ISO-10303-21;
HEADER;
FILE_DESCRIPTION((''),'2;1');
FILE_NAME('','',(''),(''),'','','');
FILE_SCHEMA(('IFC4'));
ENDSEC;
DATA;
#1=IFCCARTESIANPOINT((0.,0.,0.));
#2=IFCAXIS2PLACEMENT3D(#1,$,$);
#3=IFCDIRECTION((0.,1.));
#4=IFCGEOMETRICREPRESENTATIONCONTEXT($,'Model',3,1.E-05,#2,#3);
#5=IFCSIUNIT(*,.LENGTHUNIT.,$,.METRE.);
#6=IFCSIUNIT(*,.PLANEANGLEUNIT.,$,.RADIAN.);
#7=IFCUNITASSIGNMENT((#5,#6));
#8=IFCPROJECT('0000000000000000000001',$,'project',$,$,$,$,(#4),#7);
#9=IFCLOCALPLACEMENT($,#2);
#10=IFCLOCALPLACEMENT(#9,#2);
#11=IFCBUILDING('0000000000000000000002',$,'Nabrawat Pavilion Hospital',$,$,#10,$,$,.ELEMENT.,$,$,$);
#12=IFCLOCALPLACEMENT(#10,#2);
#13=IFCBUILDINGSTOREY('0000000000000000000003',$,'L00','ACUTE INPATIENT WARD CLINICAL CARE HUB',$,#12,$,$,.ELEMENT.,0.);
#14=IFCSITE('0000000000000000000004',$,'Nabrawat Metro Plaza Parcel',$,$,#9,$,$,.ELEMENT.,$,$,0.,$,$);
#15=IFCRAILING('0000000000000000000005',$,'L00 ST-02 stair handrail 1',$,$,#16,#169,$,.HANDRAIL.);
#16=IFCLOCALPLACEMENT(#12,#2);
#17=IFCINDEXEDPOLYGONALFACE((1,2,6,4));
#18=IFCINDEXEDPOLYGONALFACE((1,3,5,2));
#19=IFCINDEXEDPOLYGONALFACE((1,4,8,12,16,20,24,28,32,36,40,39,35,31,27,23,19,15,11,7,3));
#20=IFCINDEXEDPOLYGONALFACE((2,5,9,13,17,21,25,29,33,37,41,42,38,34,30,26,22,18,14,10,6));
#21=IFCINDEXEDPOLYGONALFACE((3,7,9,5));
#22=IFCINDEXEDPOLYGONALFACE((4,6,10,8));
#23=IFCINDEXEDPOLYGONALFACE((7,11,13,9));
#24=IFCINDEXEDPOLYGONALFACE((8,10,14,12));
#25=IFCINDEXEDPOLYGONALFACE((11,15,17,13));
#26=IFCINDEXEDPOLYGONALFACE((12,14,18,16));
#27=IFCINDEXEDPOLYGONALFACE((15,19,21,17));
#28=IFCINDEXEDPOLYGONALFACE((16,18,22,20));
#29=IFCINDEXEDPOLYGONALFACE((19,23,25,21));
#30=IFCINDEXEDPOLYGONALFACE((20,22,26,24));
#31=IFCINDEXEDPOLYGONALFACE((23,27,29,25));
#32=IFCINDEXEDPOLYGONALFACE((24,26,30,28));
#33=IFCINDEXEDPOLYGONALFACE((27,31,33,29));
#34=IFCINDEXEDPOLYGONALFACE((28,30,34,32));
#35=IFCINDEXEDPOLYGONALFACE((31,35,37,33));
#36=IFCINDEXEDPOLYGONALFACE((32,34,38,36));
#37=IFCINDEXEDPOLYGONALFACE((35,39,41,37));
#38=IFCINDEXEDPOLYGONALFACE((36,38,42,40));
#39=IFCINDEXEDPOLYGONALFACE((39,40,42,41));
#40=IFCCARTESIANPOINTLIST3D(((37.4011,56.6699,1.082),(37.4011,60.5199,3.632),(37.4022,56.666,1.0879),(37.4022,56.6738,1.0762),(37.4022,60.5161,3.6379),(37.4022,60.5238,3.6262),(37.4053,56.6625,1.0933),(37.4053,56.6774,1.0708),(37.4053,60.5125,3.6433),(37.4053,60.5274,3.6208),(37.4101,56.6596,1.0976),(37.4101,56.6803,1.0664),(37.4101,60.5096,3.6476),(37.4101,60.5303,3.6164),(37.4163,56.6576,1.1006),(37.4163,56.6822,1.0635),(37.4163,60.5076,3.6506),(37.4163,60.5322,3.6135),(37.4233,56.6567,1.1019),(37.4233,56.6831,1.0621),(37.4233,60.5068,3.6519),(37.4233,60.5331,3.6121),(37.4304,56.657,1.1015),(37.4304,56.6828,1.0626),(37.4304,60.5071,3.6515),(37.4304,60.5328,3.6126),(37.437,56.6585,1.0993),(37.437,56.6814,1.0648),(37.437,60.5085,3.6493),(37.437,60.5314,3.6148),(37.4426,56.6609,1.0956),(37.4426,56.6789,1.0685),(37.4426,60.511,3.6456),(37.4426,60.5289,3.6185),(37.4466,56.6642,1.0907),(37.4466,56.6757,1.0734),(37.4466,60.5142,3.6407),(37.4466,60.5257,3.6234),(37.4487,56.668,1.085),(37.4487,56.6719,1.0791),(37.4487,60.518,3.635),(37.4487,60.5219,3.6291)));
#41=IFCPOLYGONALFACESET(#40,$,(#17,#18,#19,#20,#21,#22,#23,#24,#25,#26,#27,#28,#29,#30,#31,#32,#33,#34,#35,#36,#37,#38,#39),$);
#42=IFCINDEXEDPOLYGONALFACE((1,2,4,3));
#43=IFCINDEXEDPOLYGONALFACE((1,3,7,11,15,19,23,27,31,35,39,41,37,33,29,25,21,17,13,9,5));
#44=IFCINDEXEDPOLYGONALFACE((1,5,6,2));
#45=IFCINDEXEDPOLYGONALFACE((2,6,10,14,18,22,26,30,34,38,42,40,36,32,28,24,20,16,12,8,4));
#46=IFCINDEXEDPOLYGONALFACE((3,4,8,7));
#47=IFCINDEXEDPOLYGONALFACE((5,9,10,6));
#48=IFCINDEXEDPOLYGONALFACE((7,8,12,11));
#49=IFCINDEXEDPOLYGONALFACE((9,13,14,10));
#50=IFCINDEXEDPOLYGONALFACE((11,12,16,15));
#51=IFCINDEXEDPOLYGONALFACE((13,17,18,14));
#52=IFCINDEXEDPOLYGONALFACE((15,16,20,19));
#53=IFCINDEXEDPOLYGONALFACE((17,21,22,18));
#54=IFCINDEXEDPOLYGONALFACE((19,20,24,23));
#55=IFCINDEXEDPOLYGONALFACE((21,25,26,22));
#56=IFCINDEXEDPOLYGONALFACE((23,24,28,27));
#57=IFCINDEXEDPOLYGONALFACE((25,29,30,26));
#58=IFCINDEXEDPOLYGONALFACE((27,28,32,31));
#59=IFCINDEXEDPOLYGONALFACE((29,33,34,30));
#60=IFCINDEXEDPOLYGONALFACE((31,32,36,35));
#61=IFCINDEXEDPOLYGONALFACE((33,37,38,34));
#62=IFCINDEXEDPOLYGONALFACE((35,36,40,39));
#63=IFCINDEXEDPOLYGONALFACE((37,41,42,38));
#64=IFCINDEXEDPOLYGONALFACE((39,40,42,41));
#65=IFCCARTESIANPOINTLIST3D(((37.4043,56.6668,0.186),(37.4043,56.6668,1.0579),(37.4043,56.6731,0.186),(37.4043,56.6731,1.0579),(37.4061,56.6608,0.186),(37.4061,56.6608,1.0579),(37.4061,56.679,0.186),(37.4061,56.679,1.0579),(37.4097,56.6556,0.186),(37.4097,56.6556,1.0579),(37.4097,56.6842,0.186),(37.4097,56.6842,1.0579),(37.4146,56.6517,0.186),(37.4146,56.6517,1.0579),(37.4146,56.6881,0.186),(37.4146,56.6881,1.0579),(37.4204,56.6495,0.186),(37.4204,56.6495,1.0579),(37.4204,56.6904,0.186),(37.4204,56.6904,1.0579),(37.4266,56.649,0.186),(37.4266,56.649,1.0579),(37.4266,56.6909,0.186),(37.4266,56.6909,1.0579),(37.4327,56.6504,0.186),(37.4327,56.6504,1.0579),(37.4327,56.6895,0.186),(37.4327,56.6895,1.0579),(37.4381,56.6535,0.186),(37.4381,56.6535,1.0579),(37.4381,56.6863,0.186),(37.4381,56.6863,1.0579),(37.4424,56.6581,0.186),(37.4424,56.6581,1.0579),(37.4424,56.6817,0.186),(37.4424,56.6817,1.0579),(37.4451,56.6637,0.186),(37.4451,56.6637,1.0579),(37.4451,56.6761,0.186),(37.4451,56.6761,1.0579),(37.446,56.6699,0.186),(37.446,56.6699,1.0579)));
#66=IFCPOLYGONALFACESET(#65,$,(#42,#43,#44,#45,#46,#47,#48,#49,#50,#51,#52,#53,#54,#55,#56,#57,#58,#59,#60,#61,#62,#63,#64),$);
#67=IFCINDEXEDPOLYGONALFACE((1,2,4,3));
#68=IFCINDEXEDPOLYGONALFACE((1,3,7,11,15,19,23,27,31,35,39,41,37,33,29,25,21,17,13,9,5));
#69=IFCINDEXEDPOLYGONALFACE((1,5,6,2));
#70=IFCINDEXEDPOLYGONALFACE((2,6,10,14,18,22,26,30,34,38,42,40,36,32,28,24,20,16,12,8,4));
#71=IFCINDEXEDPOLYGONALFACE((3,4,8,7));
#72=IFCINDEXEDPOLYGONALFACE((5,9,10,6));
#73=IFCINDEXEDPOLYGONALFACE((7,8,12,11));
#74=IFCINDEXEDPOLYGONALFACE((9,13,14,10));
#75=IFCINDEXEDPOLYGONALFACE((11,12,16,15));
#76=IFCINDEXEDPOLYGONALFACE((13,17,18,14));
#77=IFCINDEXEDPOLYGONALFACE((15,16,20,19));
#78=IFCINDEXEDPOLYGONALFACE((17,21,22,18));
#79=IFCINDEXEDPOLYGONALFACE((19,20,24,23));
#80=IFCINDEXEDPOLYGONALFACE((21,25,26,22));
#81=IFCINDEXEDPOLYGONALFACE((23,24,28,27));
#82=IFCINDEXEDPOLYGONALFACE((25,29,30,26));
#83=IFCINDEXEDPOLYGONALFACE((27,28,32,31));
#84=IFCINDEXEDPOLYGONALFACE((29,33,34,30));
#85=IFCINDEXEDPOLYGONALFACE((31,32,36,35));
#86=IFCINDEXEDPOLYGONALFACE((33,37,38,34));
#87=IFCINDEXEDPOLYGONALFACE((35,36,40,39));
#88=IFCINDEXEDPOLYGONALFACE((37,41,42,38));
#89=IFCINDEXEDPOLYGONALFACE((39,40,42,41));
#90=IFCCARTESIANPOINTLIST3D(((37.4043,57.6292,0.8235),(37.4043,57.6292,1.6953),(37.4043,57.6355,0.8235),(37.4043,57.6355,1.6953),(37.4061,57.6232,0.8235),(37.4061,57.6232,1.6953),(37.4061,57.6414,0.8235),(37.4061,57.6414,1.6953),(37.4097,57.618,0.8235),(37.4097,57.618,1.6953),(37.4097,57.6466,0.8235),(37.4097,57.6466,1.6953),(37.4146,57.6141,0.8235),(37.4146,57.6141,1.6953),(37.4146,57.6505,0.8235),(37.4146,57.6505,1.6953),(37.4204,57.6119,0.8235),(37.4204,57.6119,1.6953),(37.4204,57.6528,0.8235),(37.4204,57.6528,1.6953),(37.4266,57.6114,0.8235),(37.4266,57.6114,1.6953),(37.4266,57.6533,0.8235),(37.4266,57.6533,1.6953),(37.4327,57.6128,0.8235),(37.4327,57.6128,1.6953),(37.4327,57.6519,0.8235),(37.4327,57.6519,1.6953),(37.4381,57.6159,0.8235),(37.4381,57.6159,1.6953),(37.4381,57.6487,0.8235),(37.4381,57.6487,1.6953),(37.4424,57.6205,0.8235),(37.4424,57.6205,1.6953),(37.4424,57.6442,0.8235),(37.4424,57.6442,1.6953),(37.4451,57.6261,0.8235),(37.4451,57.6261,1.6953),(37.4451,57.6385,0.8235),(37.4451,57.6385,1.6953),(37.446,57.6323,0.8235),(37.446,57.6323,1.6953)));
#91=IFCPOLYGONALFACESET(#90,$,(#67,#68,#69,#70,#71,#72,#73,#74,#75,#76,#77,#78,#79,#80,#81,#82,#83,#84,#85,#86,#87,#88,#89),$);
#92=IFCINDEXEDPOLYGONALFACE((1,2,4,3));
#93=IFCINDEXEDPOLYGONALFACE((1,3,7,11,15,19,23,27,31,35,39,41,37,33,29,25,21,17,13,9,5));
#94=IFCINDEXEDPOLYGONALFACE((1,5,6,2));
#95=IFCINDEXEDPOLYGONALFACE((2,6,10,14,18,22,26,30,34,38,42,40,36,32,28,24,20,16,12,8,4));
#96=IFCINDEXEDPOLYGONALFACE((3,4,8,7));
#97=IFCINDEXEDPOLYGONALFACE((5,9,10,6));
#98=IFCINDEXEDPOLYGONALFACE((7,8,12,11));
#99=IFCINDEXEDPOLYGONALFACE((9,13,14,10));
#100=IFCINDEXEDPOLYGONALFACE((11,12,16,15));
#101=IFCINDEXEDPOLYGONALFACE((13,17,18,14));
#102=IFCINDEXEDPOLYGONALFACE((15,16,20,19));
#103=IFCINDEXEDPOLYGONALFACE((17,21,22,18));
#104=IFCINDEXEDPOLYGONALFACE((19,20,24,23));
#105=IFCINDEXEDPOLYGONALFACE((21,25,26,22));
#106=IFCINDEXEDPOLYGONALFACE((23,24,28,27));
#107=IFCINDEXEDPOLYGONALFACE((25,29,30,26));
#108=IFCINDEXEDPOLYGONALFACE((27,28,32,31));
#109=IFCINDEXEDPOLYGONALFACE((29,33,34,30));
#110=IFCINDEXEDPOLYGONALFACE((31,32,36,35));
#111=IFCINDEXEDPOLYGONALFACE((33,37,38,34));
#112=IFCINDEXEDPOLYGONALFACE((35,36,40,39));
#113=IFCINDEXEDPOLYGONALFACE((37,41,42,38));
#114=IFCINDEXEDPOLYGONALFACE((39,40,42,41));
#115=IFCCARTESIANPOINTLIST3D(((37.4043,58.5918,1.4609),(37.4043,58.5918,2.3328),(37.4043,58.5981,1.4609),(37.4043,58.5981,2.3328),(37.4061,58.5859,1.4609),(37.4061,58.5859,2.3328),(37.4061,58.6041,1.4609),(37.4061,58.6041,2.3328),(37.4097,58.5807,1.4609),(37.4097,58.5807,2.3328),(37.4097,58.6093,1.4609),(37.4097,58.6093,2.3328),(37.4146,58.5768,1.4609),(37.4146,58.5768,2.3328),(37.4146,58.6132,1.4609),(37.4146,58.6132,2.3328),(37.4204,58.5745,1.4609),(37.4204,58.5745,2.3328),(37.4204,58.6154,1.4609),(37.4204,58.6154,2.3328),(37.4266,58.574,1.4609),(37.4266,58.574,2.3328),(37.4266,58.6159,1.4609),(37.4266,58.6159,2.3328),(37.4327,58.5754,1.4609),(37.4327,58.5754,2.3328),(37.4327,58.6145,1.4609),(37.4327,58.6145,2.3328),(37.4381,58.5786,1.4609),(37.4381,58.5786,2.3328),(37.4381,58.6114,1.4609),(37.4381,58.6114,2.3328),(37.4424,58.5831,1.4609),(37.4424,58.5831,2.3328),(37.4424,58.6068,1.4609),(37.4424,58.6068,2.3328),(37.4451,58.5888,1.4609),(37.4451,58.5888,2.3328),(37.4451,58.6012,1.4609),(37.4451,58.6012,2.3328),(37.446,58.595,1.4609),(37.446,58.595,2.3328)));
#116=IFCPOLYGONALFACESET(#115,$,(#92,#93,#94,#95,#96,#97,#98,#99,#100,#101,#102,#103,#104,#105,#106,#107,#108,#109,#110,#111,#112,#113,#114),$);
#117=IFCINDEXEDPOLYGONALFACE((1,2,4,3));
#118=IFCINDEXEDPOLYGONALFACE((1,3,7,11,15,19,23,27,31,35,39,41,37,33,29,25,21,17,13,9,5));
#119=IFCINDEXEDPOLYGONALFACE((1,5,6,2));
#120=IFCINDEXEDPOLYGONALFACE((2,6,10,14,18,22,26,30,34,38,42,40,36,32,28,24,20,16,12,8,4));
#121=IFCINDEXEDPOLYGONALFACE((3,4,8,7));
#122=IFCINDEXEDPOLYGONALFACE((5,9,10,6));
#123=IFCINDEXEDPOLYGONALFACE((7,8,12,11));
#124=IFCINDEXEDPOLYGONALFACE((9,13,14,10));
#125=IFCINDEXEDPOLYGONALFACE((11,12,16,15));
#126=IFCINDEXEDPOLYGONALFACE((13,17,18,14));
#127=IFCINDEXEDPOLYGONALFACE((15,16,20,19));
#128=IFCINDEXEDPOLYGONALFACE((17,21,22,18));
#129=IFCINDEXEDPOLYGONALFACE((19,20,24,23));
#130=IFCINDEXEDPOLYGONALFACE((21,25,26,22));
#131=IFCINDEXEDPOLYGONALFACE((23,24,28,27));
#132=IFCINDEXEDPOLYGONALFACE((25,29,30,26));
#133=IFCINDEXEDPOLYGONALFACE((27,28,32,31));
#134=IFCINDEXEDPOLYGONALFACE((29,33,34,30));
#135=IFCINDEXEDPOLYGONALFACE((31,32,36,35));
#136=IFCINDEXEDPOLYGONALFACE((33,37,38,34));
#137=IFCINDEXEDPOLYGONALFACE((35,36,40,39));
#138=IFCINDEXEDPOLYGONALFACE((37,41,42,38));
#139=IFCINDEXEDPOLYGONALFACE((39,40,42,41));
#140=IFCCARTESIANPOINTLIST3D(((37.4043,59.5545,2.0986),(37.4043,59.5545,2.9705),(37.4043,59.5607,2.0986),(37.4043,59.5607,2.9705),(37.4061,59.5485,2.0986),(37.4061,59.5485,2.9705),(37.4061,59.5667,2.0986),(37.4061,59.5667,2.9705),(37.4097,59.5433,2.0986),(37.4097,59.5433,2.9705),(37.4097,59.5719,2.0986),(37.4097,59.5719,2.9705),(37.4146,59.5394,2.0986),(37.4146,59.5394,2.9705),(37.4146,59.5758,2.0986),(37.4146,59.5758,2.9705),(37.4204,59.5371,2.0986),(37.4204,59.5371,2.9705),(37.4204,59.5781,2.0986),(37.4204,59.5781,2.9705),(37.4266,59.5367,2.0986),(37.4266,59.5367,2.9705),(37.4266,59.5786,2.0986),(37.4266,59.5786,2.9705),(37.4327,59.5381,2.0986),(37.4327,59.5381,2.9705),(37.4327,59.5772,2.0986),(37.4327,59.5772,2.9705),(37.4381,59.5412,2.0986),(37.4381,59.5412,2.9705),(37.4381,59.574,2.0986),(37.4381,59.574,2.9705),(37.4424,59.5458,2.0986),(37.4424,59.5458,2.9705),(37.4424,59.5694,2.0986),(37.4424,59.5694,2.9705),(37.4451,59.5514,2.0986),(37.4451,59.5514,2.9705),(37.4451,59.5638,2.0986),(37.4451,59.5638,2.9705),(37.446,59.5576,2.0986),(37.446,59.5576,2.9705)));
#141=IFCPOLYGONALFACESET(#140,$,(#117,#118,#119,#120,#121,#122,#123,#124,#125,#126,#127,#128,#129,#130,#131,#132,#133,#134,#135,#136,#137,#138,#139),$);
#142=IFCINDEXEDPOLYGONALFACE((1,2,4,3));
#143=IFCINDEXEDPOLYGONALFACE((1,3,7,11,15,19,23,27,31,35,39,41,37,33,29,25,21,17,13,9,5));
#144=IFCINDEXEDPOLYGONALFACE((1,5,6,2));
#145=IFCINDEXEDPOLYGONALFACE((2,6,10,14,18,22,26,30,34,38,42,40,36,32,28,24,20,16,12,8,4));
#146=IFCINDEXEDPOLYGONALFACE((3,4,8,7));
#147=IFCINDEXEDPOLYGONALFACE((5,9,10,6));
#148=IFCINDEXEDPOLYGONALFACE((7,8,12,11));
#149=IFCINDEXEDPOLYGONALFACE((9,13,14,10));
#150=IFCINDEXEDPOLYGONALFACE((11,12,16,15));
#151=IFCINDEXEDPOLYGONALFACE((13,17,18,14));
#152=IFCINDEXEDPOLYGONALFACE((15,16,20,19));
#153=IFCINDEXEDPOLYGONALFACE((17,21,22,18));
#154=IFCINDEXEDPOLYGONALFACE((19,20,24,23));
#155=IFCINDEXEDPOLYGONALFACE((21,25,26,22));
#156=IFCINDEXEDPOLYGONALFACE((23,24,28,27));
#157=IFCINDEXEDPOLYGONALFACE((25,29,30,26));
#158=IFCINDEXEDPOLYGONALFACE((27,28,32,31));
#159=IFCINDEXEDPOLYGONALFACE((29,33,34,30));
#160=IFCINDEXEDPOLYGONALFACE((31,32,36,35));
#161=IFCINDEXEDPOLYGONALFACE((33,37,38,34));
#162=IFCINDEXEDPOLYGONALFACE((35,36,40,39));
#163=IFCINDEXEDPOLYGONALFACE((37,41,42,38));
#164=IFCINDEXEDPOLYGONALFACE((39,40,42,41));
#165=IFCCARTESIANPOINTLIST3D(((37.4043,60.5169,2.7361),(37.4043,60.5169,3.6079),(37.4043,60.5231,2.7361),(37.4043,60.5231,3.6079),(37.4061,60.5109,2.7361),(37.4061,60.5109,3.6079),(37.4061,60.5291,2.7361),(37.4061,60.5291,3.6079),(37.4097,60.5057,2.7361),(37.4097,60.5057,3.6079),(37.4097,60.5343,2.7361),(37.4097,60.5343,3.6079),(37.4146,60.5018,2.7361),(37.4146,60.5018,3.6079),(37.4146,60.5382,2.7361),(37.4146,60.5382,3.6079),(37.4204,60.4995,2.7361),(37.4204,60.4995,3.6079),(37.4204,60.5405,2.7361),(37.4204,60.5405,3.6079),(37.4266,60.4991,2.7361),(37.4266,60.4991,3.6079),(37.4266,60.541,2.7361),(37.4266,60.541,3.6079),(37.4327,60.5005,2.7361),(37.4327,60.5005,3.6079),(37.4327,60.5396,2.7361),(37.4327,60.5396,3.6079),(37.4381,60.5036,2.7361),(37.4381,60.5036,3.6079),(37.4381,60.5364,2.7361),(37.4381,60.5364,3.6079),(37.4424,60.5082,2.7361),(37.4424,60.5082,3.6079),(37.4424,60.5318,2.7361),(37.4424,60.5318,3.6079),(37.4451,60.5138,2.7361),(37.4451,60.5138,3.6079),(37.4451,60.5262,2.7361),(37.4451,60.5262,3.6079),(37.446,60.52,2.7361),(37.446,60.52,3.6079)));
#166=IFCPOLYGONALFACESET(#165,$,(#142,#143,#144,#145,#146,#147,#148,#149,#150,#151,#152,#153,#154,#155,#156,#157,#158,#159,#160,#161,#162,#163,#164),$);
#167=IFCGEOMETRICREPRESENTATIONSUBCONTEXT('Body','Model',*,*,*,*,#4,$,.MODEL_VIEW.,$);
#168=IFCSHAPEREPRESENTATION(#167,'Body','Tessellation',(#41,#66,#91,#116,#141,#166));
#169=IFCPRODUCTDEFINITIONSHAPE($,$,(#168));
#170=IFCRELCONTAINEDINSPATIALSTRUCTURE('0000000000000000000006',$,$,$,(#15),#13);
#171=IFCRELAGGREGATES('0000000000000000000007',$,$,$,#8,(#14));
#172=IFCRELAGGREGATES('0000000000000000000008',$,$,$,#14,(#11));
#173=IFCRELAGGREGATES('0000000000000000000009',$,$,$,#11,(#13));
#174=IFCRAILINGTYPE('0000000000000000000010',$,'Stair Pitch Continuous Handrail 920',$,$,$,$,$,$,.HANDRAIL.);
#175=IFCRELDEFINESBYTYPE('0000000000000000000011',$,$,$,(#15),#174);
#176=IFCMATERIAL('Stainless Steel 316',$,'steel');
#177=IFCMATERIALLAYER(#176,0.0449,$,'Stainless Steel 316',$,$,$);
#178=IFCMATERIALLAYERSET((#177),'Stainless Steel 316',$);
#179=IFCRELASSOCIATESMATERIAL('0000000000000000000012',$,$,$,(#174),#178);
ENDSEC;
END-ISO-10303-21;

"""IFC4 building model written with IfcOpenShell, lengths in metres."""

from ifc_helpers import new_model, si_unit, direction, frame, origin, origin_2d, place, context, subcontext, project, spatial, circle, extrude, material, layer, layer_set, type_object, element, save


model = new_model("IFC4")

# Units and contexts
model_context = context("Model", 3, precision=1e-05, world=origin(), true_north=direction((0.0, 1.0)))
body_context = subcontext(model_context, "Body", "Model", "MODEL_VIEW")
ifc_project = project(units=[si_unit("LENGTHUNIT", "METRE"), si_unit("PLANEANGLEUNIT", "RADIAN")], contexts=[model_context])

# Site, building, storey
site_placement = place(None, origin())
site = spatial("IfcSite", under=ifc_project, at=site_placement, Name="Nabrawat Metro Plaza Parcel", CompositionType="ELEMENT", RefElevation=0.0)
building_placement = place(site_placement, origin())
building = spatial("IfcBuilding", under=site, at=building_placement, Name="Nabrawat Pavilion Hospital", CompositionType="ELEMENT")
storey_placement = place(building_placement, origin())
storey = spatial("IfcBuildingStorey", under=building, at=storey_placement, Name="L00", Description="ACUTE INPATIENT WARD CLINICAL CARE HUB", CompositionType="ELEMENT", Elevation=0.0)

# Railing
ifc_material_1 = material(Name="Stainless Steel 316", Category="steel")
ifc_layer_1 = layer(ifc_material_1, 0.0449, Name="Stainless Steel 316")
ifc_layer_set_1 = layer_set([ifc_layer_1], Name="Stainless Steel 316")
railing_type_1 = type_object("IfcRailingType", Name="Stair Pitch Continuous Handrail 920", PredefinedType="HANDRAIL", material=ifc_layer_set_1)
railing_1_placement = place(storey_placement, frame((37.425, 56.6699, 0.186)))
element("IfcRailing", 1, at=railing_1_placement, inside=storey, type_object=railing_type_1, Name="L00 ST-02 stair handrail 1", PredefinedType="HANDRAIL", context=body_context, shape_type="SweptSolid", body=[
    extrude(circle(Radius=0.0239, at=origin_2d()), frame((0.0, 0.0, 0.896), z_axis=(0.0, 0.833714, 0.552197), x_axis=(-1.0, 0.0, 0.0)), (0.0, 0.0, 1.0), 4.6179),
    extrude(circle(Radius=0.021, at=origin_2d()), origin(), (0.0, 0.0, 1.0), 0.8718),
    extrude(circle(Radius=0.021, at=origin_2d()), frame((0.0, 0.9624, 0.6375)), (0.0, 0.0, 1.0), 0.8718),
    extrude(circle(Radius=0.021, at=origin_2d()), frame((0.0, 1.925, 1.2749)), (0.0, 0.0, 1.0), 0.8718),
    extrude(circle(Radius=0.021, at=origin_2d()), frame((0.0, 2.8877, 1.9126)), (0.0, 0.0, 1.0), 0.8718),
    extrude(circle(Radius=0.021, at=origin_2d()), frame((0.0, 3.8501, 2.55)), (0.0, 0.0, 1.0), 0.8718),
])

save(model, "model.ifc")
